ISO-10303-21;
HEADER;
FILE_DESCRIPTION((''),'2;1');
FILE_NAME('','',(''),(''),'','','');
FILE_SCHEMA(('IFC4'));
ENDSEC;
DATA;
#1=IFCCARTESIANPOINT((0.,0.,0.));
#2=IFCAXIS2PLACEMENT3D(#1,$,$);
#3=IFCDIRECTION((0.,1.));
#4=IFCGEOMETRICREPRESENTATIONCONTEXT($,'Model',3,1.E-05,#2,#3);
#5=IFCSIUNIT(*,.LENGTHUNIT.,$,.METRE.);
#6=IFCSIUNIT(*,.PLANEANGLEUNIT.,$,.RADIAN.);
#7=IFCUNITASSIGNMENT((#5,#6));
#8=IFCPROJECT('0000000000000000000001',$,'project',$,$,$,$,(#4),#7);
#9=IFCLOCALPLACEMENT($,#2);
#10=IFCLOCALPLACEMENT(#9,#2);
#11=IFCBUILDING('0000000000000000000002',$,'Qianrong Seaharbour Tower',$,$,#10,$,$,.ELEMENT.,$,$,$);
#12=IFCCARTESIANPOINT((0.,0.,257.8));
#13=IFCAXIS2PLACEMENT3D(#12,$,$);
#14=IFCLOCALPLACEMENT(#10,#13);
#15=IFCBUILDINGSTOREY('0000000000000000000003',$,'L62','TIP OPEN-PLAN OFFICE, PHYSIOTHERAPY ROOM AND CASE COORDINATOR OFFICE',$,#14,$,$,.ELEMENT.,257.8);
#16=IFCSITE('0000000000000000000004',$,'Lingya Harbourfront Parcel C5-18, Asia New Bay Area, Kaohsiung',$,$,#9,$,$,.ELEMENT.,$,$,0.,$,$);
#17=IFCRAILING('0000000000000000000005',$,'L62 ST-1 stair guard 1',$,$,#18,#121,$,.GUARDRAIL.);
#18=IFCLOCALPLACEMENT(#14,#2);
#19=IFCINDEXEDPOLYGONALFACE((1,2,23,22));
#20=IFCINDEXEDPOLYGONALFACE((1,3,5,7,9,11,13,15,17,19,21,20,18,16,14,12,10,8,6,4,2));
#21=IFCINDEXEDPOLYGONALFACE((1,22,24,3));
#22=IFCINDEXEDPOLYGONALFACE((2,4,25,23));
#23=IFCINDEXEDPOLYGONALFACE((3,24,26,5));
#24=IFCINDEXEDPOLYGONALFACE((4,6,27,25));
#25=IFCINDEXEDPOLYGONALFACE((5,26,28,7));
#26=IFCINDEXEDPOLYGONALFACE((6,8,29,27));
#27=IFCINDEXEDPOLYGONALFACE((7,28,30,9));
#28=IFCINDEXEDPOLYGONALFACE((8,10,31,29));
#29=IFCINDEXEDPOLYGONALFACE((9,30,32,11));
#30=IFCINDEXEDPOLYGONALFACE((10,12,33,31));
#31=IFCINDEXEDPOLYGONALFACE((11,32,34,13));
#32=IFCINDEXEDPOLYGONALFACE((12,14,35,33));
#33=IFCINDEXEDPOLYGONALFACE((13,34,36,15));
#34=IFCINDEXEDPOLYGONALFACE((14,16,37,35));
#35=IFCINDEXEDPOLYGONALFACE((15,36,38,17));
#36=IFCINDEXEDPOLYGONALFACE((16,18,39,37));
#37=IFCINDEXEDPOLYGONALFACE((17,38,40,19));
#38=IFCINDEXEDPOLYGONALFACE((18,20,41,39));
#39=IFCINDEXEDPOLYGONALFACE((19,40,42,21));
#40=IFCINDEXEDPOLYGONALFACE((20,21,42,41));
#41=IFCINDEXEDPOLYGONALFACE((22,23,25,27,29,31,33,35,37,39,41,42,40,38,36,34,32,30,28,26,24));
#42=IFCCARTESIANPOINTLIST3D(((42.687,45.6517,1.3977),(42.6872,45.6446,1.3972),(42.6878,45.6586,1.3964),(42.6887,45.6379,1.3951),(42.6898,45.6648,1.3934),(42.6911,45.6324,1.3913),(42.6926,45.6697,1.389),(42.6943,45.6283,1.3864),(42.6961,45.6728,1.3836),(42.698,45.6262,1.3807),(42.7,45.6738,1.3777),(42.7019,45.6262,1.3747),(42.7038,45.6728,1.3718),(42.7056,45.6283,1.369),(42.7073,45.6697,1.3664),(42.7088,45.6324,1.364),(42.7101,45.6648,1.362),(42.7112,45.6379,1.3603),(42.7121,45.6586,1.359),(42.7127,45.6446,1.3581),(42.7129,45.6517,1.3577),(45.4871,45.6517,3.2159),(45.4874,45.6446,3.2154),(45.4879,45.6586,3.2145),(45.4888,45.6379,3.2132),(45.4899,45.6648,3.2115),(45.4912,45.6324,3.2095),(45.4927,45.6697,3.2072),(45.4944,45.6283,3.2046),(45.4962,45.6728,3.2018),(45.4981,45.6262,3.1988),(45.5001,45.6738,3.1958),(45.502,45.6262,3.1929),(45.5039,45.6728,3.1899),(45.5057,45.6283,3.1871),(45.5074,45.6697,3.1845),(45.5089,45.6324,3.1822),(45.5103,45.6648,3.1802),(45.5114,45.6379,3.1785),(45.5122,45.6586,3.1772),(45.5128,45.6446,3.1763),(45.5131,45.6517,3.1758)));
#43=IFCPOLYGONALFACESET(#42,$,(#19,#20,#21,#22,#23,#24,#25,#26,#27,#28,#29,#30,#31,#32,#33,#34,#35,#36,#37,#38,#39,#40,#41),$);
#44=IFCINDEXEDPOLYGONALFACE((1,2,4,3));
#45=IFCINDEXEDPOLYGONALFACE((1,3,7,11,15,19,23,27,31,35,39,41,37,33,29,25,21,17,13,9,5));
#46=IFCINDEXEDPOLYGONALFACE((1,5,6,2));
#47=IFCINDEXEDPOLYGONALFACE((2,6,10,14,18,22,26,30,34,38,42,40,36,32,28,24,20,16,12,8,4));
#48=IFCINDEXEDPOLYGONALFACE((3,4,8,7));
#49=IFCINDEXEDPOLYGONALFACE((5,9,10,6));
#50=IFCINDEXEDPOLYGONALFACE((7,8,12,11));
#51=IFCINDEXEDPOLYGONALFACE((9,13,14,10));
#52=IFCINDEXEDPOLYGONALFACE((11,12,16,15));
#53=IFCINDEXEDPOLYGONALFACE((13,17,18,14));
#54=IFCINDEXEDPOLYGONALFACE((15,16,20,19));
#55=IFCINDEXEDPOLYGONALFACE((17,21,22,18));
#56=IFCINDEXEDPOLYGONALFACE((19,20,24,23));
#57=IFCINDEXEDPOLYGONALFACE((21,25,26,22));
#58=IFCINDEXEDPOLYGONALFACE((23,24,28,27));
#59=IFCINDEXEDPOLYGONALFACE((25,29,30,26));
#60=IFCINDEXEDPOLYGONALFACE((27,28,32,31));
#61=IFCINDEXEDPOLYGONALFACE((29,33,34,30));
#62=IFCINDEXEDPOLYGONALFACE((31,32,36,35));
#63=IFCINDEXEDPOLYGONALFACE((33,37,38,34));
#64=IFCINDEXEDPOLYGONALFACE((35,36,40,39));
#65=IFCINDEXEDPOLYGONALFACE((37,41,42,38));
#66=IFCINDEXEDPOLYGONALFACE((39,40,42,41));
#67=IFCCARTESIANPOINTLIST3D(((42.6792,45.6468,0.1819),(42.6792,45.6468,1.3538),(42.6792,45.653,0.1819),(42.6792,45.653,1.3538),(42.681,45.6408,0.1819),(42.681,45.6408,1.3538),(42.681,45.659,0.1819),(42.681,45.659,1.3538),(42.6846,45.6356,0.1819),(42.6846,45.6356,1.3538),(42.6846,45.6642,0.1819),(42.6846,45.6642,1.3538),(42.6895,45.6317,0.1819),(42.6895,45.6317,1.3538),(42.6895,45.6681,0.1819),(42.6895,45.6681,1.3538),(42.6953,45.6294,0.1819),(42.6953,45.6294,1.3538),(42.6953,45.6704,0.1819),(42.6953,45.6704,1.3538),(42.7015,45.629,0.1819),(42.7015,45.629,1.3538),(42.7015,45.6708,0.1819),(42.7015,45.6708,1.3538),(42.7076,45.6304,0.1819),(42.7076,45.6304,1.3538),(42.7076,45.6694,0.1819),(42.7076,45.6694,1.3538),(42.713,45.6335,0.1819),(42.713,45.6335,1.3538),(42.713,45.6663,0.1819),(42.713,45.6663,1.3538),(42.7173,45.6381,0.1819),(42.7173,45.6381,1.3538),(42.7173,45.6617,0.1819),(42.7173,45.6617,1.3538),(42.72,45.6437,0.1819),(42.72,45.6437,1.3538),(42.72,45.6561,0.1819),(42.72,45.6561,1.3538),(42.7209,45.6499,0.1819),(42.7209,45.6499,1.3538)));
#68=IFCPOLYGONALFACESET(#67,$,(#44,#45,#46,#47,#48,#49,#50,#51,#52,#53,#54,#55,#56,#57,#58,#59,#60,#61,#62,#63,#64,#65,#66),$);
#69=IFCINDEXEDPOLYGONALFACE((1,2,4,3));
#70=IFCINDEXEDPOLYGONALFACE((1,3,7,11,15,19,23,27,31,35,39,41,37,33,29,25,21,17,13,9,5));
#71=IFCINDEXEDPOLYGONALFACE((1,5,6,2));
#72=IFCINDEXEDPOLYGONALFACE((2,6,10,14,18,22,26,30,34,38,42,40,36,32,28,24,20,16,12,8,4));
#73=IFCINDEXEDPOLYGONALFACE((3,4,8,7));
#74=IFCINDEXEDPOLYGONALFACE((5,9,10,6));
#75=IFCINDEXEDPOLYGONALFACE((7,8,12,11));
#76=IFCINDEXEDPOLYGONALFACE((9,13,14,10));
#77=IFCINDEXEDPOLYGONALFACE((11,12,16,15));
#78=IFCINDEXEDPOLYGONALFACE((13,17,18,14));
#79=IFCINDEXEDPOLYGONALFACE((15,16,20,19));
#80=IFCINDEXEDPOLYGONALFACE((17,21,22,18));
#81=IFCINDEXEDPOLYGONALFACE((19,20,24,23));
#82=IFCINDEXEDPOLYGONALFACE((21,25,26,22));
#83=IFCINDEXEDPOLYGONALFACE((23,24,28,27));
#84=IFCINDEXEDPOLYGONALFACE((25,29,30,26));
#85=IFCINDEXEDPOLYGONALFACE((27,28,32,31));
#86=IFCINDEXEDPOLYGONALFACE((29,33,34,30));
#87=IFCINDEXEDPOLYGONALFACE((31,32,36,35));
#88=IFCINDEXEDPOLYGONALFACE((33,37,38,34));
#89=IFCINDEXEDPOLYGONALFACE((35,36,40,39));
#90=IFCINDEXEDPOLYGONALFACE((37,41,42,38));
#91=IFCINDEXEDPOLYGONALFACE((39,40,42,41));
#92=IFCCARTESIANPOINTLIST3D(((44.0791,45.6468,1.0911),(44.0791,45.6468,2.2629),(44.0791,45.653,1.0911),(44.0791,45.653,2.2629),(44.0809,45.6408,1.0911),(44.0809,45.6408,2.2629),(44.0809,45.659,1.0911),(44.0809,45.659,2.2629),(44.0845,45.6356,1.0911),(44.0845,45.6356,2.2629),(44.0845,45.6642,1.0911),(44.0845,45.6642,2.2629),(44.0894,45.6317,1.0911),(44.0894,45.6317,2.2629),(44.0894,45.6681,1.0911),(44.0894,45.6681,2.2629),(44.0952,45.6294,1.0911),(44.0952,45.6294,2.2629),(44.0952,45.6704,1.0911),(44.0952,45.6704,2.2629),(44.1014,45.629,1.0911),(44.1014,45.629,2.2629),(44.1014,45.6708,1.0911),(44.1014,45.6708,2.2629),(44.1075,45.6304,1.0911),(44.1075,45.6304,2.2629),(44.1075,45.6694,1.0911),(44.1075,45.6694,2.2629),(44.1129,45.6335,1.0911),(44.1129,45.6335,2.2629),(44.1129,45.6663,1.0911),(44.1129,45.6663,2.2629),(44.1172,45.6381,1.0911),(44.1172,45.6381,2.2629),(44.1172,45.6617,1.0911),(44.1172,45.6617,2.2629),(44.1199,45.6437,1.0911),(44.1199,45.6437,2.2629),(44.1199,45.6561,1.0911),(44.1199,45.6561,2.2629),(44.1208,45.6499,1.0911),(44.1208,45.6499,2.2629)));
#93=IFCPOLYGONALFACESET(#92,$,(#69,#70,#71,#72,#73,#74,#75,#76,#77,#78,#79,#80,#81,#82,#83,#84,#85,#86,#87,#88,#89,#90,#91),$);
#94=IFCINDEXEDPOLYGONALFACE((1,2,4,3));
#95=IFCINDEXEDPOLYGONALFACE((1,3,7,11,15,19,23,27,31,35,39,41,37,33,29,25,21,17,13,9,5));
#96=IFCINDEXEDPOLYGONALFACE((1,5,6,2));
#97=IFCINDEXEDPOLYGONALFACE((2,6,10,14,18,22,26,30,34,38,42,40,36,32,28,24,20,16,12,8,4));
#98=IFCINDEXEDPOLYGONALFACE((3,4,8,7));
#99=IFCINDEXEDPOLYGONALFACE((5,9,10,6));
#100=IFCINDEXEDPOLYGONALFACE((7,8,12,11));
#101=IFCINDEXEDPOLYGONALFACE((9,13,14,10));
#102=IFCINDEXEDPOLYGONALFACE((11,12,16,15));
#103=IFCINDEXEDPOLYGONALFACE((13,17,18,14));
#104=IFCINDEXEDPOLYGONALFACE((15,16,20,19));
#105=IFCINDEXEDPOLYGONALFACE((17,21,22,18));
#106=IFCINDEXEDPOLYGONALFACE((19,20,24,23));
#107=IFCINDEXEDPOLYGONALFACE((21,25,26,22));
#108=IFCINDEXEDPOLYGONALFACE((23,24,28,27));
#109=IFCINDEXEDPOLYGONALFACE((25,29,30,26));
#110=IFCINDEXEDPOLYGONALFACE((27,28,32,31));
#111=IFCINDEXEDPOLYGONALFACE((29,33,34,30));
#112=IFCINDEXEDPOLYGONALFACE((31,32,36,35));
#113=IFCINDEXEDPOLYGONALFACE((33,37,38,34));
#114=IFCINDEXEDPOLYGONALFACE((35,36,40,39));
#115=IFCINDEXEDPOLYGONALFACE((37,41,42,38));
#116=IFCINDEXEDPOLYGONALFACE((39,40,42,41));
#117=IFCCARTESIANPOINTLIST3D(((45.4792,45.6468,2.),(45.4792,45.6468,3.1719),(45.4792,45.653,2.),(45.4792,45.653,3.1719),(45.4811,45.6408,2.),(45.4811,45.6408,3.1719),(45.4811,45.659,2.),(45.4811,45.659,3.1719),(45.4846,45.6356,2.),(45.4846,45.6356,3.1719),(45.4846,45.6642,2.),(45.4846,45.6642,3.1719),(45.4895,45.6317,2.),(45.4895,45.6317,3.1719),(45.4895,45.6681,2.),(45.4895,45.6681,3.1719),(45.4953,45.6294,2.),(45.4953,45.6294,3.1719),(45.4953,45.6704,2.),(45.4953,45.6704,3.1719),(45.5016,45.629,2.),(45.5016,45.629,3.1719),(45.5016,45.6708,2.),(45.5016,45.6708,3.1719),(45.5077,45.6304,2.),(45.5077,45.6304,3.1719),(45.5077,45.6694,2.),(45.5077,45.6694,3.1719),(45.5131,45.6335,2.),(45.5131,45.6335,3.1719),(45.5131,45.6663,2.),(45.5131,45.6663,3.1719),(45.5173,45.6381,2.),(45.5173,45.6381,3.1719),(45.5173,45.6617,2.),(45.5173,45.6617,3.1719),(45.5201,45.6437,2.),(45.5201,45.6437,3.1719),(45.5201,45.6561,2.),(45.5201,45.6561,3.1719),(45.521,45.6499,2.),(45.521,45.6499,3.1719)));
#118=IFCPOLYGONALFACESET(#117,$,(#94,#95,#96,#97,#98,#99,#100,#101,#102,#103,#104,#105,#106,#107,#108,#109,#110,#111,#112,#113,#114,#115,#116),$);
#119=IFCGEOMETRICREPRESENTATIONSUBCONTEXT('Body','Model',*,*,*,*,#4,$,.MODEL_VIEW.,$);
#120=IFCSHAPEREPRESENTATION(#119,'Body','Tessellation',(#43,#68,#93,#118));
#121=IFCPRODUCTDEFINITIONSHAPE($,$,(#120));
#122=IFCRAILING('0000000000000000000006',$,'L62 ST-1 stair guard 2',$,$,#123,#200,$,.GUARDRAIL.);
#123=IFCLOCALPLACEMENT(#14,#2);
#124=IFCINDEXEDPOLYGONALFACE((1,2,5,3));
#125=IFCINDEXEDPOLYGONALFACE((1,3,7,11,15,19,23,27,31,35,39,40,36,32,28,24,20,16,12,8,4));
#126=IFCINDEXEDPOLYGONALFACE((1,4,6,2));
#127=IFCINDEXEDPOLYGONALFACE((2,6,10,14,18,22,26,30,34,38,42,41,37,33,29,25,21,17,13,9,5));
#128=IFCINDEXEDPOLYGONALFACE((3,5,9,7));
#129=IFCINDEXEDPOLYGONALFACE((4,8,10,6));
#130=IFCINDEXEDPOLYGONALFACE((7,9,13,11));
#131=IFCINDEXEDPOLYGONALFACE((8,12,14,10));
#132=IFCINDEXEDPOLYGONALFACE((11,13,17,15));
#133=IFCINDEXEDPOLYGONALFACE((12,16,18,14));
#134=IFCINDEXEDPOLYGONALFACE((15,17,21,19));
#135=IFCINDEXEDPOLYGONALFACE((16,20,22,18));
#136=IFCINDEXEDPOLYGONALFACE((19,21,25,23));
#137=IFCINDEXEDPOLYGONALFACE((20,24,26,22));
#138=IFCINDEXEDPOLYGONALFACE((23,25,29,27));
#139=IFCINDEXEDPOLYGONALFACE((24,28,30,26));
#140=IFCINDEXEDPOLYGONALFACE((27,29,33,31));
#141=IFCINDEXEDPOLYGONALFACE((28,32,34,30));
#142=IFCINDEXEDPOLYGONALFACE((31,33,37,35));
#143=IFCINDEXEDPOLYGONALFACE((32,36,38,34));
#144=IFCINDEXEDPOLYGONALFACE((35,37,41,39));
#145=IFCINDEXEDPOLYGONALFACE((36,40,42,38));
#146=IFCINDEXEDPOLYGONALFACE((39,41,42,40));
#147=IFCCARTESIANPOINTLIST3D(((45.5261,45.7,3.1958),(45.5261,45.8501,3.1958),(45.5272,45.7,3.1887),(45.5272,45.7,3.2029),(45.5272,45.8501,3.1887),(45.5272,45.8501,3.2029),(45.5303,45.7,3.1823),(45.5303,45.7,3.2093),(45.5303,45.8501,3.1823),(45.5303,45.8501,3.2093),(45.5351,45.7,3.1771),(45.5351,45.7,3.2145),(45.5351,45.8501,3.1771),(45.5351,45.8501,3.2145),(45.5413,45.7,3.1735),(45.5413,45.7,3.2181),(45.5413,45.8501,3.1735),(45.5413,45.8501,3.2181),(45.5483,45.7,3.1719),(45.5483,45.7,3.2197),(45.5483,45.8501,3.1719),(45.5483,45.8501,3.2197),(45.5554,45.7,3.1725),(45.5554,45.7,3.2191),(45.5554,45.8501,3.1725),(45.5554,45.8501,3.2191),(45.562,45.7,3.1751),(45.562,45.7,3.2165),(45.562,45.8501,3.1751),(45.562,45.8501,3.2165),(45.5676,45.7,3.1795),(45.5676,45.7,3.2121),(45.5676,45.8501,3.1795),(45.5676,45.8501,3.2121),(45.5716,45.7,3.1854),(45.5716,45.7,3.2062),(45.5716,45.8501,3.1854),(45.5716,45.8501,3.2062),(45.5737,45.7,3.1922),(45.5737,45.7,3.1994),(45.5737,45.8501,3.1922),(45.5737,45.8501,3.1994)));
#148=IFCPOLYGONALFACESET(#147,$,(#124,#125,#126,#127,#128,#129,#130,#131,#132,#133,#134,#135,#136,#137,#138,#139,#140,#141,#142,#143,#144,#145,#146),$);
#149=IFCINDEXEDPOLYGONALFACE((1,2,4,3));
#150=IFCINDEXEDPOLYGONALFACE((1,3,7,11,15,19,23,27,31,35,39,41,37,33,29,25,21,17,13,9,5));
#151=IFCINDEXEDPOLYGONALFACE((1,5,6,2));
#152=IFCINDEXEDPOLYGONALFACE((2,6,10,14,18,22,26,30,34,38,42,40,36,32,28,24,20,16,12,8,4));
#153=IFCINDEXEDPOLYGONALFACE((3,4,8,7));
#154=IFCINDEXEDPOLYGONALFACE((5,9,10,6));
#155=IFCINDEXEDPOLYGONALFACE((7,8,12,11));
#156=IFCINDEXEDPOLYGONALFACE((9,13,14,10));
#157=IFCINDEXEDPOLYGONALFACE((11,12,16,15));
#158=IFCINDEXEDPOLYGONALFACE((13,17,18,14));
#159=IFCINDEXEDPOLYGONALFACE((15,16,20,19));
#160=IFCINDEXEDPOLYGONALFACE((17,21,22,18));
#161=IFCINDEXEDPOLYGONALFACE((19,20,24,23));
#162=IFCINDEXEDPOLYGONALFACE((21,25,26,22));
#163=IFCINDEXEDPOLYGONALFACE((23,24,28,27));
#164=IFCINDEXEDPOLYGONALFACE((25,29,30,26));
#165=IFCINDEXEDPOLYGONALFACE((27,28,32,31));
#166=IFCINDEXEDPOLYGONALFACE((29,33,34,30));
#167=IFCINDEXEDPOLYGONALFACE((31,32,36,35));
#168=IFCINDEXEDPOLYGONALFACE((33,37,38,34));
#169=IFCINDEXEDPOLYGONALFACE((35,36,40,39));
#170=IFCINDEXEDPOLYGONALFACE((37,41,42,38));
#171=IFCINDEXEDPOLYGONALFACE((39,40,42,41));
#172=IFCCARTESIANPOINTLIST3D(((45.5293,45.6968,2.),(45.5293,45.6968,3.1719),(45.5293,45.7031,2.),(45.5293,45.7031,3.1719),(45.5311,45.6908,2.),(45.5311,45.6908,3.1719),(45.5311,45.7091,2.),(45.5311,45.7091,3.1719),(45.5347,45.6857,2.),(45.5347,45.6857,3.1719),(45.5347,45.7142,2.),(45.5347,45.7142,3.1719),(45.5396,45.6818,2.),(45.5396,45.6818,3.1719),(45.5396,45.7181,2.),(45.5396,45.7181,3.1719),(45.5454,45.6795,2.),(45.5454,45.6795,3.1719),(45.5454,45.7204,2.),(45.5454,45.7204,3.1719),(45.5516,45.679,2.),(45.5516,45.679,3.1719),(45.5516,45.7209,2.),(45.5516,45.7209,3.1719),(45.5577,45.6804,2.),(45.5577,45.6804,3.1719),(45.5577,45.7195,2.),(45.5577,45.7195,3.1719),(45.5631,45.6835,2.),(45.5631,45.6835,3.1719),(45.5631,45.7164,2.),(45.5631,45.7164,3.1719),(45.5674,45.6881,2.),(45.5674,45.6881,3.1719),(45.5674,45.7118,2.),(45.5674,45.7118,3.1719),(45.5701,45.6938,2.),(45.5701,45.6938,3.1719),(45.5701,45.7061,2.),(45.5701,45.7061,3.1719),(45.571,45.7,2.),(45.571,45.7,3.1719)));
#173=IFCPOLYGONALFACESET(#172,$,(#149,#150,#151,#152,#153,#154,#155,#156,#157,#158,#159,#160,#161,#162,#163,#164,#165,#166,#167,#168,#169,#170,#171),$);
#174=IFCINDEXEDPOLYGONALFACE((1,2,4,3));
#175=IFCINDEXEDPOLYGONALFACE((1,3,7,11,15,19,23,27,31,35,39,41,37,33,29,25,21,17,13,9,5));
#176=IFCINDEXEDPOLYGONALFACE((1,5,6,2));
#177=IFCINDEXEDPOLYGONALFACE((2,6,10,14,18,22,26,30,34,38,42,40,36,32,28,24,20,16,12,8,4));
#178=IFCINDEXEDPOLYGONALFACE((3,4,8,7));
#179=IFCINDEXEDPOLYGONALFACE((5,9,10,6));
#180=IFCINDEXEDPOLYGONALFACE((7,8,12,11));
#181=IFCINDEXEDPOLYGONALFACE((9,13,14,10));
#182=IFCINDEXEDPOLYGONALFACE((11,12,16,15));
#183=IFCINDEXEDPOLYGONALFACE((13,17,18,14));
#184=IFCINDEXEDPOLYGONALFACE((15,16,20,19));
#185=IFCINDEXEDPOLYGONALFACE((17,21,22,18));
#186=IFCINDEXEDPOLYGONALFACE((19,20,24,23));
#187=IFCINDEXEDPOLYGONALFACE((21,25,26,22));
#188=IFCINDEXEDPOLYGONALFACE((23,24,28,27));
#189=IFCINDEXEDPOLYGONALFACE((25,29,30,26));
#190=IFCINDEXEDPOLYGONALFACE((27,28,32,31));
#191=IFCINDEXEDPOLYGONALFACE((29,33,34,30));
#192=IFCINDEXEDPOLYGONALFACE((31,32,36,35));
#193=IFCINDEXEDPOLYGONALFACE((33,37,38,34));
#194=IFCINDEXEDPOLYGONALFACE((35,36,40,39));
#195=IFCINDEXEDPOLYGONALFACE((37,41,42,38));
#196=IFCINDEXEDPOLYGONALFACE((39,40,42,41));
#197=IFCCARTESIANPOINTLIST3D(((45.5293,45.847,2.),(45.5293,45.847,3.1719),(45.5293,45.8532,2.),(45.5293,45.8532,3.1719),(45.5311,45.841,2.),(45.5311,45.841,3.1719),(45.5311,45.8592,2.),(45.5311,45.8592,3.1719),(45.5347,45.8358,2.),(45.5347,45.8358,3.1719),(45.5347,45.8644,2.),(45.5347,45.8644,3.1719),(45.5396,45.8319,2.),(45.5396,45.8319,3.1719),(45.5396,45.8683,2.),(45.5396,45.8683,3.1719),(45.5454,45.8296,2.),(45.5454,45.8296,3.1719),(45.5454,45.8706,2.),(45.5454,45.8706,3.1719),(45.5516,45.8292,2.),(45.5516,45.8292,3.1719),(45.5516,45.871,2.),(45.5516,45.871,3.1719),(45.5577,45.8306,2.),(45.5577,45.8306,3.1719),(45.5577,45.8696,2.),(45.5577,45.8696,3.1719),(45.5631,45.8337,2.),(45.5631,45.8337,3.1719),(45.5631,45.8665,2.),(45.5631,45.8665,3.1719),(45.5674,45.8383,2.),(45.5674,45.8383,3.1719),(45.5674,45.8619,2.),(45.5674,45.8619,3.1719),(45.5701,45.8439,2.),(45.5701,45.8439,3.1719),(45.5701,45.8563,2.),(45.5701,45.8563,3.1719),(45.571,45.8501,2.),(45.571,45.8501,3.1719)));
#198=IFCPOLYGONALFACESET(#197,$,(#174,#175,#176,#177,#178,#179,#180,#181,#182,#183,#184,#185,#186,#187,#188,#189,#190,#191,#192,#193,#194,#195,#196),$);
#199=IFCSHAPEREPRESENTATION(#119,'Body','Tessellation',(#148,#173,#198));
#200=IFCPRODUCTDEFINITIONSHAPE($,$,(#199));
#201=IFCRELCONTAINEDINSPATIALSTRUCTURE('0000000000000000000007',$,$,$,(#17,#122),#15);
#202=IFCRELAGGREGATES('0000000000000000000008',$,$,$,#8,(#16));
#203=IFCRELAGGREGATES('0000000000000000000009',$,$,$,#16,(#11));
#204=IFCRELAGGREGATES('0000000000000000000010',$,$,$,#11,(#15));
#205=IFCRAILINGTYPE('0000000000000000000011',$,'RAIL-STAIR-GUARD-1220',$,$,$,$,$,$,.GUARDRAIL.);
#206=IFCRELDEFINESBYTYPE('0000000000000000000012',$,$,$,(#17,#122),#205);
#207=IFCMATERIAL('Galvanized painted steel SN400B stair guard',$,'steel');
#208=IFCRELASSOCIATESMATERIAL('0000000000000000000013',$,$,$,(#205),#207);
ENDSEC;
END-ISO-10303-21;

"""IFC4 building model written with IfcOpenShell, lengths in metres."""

from ifc_helpers import new_model, si_unit, direction, frame, origin, origin_2d, place, context, subcontext, project, spatial, circle, extrude, material, type_object, element, save


model = new_model("IFC4")

# Units and contexts
model_context = context("Model", 3, precision=1e-05, world=origin(), true_north=direction((0.0, 1.0)))
body_context = subcontext(model_context, "Body", "Model", "MODEL_VIEW")
ifc_project = project(units=[si_unit("LENGTHUNIT", "METRE"), si_unit("PLANEANGLEUNIT", "RADIAN")], contexts=[model_context])

# Site, building, storey
site_placement = place(None, origin())
site = spatial("IfcSite", under=ifc_project, at=site_placement, Name="Lingya Harbourfront Parcel C5-18, Asia New Bay Area, Kaohsiung", CompositionType="ELEMENT", RefElevation=0.0)
building_placement = place(site_placement, origin())
building = spatial("IfcBuilding", under=site, at=building_placement, Name="Qianrong Seaharbour Tower", CompositionType="ELEMENT")
storey_placement = place(building_placement, frame((0.0, 0.0, 257.8)))
storey = spatial("IfcBuildingStorey", under=building, at=storey_placement, Name="L62", Description="TIP OPEN-PLAN OFFICE, PHYSIOTHERAPY ROOM AND CASE COORDINATOR OFFICE", CompositionType="ELEMENT", Elevation=257.8)

# Railings
ifc_material_1 = material(Name="Galvanized painted steel SN400B stair guard", Category="steel")
railing_type_1 = type_object("IfcRailingType", Name="RAIL-STAIR-GUARD-1220", PredefinedType="GUARDRAIL", material=ifc_material_1)
railing_1_placement = place(storey_placement, frame((42.7, 45.6499, 0.1819)))
element("IfcRailing", 1, at=railing_1_placement, inside=storey, type_object=railing_type_1, Name="L62 ST-1 stair guard 1", PredefinedType="GUARDRAIL", context=body_context, shape_type="SweptSolid", body=[
    extrude(circle(Radius=0.0239, at=origin_2d()), frame((0.0, 0.0, 1.1958), z_axis=(0.838706, 0.0, 0.544585), x_axis=(0.0, 1.0, 0.0)), (0.0, 0.0, 1.0), 3.3386),
    extrude(circle(Radius=0.021, at=origin_2d()), origin(), (0.0, 0.0, 1.0), 1.1719),
    extrude(circle(Radius=0.021, at=origin_2d()), frame((1.3999, 0.0, 0.9092)), (0.0, 0.0, 1.0), 1.1719),
    extrude(circle(Radius=0.021, at=origin_2d()), frame((2.8, 0.0, 1.8181)), (0.0, 0.0, 1.0), 1.1719),
])
railing_2_placement = place(storey_placement, frame((45.55, 45.7, 2.0)))
element("IfcRailing", 2, at=railing_2_placement, inside=storey, type_object=railing_type_1, Name="L62 ST-1 stair guard 2", PredefinedType="GUARDRAIL", context=body_context, shape_type="SweptSolid", body=[
    extrude(circle(Radius=0.0239, at=origin_2d()), frame((0.0, 0.0, 1.1958), z_axis=(0.0, 1.0, 0.0), x_axis=(-1.0, 0.0, 0.0)), (0.0, 0.0, 1.0), 0.1501),
    extrude(circle(Radius=0.021, at=origin_2d()), origin(), (0.0, 0.0, 1.0), 1.1719),
    extrude(circle(Radius=0.021, at=origin_2d()), frame((0.0, 0.1501, 0.0)), (0.0, 0.0, 1.0), 1.1719),
])

save(model, "model.ifc")
